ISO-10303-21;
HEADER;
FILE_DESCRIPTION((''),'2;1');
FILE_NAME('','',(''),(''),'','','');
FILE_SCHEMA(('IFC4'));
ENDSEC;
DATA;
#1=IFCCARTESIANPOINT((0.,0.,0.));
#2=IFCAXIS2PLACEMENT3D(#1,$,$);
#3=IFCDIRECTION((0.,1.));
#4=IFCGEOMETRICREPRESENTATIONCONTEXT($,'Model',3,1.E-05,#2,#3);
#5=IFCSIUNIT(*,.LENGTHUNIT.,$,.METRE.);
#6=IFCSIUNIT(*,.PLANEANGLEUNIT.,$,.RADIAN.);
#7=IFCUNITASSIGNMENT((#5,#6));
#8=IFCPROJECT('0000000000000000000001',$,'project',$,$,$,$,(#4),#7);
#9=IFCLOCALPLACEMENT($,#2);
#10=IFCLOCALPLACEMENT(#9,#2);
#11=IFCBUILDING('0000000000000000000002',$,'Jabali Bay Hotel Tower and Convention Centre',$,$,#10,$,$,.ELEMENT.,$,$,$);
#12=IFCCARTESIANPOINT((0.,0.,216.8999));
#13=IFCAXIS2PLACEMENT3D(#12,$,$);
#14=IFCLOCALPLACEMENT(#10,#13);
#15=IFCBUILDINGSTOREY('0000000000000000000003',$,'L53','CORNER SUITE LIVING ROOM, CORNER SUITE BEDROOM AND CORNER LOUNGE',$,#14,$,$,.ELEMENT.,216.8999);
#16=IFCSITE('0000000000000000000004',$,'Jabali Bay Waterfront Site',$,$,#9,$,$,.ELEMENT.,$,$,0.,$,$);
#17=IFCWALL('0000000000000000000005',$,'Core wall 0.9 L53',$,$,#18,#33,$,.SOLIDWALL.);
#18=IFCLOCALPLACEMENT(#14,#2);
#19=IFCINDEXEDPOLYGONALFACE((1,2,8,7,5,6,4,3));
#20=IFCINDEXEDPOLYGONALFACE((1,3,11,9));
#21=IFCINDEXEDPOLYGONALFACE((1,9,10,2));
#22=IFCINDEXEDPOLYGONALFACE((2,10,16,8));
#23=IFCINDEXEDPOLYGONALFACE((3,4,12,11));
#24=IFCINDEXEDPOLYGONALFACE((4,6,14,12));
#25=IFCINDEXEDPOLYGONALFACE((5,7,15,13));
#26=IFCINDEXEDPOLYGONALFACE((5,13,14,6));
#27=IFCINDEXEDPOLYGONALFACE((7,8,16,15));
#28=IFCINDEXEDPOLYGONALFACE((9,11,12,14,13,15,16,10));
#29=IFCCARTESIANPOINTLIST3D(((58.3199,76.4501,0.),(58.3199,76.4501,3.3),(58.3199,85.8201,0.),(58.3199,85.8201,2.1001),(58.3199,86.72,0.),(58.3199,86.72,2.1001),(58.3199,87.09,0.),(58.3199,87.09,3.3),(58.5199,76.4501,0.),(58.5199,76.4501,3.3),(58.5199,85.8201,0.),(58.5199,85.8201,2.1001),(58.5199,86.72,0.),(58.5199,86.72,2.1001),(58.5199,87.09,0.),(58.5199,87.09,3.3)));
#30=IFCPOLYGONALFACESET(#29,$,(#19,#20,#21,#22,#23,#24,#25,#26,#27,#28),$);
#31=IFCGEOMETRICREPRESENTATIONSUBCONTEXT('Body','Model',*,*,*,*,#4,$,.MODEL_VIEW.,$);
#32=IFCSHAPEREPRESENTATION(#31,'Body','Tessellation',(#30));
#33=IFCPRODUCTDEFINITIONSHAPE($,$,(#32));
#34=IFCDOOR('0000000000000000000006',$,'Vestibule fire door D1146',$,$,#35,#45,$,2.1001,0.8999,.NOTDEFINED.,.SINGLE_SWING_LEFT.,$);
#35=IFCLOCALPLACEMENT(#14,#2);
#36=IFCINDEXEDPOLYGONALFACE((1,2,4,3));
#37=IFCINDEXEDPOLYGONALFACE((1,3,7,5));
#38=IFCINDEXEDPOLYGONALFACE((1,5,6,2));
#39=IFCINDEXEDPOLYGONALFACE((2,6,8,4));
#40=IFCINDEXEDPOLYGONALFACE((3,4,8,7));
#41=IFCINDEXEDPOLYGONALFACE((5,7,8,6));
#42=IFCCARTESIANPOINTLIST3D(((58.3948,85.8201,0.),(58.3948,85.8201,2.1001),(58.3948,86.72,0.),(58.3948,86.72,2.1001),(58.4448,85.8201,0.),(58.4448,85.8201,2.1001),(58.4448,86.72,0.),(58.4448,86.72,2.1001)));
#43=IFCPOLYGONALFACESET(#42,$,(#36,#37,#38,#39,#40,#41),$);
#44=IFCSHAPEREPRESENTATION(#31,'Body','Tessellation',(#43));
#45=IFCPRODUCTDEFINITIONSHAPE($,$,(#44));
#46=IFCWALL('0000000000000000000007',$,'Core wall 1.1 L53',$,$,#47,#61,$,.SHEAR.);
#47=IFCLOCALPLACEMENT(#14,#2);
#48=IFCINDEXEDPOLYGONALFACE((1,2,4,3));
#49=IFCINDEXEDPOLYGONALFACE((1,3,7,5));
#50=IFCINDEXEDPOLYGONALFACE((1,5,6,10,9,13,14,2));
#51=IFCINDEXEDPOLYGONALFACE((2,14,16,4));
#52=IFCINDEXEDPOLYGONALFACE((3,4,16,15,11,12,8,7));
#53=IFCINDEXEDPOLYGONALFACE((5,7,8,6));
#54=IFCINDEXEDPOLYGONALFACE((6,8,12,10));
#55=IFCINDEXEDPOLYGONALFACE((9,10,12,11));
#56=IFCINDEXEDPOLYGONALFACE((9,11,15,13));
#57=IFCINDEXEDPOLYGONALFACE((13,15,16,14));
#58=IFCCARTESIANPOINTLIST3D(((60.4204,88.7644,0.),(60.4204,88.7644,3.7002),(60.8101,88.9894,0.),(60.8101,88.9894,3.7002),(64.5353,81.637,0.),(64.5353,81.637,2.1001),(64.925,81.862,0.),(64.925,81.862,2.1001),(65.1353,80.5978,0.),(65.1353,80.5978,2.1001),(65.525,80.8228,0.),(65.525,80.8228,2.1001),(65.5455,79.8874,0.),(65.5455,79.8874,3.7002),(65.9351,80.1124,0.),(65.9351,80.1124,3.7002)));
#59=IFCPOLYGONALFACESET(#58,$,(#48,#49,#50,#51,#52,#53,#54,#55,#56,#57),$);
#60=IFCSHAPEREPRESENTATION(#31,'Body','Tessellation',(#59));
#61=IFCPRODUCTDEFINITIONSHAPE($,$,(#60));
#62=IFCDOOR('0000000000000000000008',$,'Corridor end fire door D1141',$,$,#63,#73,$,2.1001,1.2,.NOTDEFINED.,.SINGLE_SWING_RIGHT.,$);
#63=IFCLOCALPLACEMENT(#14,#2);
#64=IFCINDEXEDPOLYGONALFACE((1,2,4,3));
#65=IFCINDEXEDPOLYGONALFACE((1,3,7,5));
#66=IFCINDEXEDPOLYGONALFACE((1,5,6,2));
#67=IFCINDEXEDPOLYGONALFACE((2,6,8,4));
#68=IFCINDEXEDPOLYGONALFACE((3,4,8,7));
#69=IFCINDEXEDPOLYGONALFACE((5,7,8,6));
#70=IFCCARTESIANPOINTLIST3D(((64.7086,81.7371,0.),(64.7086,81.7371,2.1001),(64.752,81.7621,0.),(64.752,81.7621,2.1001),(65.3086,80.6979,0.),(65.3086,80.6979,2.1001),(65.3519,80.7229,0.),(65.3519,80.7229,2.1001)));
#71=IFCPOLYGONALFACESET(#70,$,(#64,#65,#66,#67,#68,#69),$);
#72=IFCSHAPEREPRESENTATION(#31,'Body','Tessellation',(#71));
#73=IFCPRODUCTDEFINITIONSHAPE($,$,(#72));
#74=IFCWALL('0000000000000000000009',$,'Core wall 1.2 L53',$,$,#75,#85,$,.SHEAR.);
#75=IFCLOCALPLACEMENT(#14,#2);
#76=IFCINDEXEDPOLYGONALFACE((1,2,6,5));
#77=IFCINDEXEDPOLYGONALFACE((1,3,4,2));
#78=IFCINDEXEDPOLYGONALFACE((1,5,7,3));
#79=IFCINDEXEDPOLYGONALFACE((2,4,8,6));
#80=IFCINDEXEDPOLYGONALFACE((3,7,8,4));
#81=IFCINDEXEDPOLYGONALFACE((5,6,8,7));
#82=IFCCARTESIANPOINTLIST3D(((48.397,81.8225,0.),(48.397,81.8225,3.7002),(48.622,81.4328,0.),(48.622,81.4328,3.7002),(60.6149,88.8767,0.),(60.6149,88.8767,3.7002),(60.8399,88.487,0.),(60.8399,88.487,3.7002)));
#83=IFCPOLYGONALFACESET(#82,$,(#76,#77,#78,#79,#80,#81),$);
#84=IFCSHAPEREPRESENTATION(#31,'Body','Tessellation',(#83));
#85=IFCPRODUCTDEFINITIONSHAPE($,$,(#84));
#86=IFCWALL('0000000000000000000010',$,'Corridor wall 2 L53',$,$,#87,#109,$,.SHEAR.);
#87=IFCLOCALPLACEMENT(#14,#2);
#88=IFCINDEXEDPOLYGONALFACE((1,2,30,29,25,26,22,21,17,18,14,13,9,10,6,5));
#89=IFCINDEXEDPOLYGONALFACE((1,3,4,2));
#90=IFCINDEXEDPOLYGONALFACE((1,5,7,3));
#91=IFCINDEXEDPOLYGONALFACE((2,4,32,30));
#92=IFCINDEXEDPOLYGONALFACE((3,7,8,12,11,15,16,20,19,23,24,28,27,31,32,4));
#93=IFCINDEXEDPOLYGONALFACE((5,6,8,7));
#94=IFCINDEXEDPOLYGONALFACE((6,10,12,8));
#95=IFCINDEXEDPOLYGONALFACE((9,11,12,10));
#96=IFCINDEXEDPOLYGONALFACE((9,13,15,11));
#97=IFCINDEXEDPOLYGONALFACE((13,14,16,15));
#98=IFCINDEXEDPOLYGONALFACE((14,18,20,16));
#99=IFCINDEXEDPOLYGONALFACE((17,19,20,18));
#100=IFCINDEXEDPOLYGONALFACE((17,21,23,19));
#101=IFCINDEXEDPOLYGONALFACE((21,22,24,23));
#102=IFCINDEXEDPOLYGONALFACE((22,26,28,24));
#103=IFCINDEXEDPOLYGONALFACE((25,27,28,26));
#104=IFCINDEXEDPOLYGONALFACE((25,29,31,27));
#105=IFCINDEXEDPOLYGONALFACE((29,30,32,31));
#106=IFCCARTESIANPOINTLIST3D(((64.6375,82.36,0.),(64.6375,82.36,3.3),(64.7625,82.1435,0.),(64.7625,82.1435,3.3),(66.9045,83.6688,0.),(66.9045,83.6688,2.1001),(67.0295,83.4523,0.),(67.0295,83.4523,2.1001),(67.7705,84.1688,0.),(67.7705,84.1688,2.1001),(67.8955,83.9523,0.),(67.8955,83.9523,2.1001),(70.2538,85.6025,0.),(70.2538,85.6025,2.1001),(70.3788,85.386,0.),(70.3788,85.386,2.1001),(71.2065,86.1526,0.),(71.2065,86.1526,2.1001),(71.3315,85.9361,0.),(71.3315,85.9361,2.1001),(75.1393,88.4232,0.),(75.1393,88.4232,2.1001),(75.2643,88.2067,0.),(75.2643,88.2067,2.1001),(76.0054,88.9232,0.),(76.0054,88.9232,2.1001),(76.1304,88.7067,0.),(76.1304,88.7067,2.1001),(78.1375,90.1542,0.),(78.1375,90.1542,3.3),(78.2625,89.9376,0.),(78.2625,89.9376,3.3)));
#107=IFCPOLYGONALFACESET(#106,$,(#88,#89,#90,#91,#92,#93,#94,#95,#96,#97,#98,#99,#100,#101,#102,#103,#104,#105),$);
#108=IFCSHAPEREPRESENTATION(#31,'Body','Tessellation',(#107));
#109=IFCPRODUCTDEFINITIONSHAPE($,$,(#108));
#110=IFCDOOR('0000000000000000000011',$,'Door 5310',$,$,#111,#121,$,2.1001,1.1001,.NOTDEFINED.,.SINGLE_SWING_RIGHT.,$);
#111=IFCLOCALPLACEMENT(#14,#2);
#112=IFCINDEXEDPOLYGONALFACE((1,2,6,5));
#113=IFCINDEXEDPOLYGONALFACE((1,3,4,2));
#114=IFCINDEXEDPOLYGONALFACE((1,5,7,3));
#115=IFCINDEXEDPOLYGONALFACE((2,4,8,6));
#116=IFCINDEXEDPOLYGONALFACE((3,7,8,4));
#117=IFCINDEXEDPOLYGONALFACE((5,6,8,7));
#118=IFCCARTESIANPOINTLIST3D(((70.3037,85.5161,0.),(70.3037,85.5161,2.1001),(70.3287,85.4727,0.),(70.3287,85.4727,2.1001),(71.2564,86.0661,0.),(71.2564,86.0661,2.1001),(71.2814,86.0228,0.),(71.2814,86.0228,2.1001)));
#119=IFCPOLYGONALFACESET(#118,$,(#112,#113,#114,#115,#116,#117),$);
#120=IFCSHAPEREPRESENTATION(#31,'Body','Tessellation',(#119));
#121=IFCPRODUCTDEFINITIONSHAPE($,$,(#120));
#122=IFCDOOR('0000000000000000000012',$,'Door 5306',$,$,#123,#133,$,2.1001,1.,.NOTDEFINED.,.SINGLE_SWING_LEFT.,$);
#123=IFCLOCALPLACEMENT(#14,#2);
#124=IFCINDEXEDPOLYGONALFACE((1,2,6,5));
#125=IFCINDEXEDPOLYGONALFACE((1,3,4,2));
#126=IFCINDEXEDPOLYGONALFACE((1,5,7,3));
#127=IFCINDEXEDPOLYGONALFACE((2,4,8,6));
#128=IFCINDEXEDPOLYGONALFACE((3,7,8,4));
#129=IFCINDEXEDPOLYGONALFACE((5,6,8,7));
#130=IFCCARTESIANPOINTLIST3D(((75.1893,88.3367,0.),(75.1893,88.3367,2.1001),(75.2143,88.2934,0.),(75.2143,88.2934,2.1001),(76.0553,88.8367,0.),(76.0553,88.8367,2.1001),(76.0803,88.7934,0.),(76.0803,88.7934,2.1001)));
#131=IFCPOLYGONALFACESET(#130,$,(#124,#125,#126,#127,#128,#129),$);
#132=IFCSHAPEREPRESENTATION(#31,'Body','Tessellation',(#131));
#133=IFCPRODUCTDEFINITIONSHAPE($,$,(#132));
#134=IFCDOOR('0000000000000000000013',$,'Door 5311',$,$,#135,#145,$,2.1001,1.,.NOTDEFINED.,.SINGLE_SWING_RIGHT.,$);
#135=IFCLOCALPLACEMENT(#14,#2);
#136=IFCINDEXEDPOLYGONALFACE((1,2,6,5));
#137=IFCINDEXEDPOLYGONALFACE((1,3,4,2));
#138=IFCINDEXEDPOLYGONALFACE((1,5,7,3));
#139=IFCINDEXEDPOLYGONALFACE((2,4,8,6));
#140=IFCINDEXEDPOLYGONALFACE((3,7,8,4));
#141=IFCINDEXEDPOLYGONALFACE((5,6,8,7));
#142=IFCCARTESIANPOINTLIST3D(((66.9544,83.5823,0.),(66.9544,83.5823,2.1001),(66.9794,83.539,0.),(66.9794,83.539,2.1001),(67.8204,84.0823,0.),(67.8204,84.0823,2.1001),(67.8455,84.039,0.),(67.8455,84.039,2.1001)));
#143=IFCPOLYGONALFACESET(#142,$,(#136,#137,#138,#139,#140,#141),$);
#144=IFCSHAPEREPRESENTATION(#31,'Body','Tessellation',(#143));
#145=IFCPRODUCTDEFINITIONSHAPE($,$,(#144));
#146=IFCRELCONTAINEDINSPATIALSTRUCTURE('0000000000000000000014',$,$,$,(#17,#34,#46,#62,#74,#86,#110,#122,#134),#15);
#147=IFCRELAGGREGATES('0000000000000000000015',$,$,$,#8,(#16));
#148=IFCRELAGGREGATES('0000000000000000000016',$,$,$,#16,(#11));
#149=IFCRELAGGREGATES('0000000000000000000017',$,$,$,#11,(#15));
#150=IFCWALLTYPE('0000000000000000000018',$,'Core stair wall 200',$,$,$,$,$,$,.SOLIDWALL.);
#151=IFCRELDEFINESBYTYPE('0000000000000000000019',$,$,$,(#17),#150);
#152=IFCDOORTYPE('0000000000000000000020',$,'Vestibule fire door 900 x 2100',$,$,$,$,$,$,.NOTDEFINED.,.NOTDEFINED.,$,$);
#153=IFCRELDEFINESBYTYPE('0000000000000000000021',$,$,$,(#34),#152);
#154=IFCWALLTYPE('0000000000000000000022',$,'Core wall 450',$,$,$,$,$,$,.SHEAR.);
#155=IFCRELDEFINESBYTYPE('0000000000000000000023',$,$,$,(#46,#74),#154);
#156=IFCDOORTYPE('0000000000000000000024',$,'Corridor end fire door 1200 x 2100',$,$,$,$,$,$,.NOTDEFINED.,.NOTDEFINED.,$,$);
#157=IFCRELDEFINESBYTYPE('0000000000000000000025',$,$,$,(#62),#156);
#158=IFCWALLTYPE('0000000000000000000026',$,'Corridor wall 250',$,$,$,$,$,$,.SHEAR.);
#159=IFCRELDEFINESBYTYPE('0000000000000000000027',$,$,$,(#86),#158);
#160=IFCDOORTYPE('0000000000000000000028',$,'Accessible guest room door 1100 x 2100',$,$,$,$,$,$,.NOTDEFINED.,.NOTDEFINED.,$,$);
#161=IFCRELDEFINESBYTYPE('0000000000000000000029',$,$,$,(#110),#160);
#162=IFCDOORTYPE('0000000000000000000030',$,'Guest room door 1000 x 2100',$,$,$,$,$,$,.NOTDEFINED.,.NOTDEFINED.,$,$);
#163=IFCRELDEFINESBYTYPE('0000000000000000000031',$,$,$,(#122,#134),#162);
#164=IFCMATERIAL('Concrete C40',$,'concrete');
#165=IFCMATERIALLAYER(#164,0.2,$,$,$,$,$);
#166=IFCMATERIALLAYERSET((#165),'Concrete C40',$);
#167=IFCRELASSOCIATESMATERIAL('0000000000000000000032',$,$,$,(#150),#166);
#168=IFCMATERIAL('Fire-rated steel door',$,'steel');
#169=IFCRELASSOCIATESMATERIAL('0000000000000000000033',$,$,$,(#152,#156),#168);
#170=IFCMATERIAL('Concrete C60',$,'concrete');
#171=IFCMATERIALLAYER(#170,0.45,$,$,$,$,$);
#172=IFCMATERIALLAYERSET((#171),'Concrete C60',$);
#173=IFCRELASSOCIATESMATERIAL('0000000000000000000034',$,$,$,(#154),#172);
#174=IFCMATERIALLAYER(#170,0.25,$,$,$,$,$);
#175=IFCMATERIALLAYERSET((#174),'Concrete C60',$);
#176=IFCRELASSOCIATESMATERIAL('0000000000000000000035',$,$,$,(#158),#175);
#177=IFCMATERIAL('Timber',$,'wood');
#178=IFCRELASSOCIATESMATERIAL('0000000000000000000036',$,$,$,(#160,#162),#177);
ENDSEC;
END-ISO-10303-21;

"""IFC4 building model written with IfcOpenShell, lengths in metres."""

from ifc_helpers import new_model, si_unit, direction, frame, frame_2d, origin, place, context, subcontext, project, spatial, rectangle, extrude, material, layer, layer_set, type_object, element, fill, save


model = new_model("IFC4")

# Units and contexts
model_context = context("Model", 3, precision=1e-05, world=origin(), true_north=direction((0.0, 1.0)))
body_context = subcontext(model_context, "Body", "Model", "MODEL_VIEW")
ifc_project = project(units=[si_unit("LENGTHUNIT", "METRE"), si_unit("PLANEANGLEUNIT", "RADIAN")], contexts=[model_context])

# Site, building, storey
site_placement = place(None, origin())
site = spatial("IfcSite", under=ifc_project, at=site_placement, Name="Jabali Bay Waterfront Site", CompositionType="ELEMENT", RefElevation=0.0)
building_placement = place(site_placement, origin())
building = spatial("IfcBuilding", under=site, at=building_placement, Name="Jabali Bay Hotel Tower and Convention Centre", CompositionType="ELEMENT")
storey_placement = place(building_placement, frame((0.0, 0.0, 216.8999)))
storey = spatial("IfcBuildingStorey", under=building, at=storey_placement, Name="L53", Description="CORNER SUITE LIVING ROOM, CORNER SUITE BEDROOM AND CORNER LOUNGE", CompositionType="ELEMENT", Elevation=216.8999)

# Shared definitions
ifc_material_1 = material(Name="Fire-rated steel door", Category="steel")

# Shared definitions
ifc_material_2 = material(Name="Concrete C40", Category="concrete")
ifc_layer_1 = layer(ifc_material_2, 0.2)
ifc_layer_set_1 = layer_set([ifc_layer_1], Name="Concrete C40")
wall_type_1 = type_object("IfcWallType", Name="Core stair wall 200", PredefinedType="SOLIDWALL", material=ifc_layer_set_1)

# Walls, openings, doors
wall_1_placement = place(storey_placement, frame((58.4199, 87.0898, 0.0), z_axis=(0.0, 0.0, 1.0), x_axis=(0.0, -1.0, 0.0)))
wall_1 = element("IfcWall", 1, at=wall_1_placement, inside=storey, type_object=wall_type_1, Name="Core wall 0.9 L53", PredefinedType="SOLIDWALL", context=body_context, shape_type="SweptSolid", body=[
    extrude(rectangle(XDim=10.6399, YDim=0.2, at=frame_2d((5.3198, 0.0))), origin(), (0.0, 0.0, 1.0), 3.3),
])
opening_1_placement = place(wall_1_placement, frame((0.3699, 0.0, 0.0)))
opening_1 = element("IfcOpeningElement", 2, at=opening_1_placement, cuts=wall_1, PredefinedType="OPENING", context=body_context, shape_type="SweptSolid", body=[
    extrude(rectangle(XDim=0.8999, YDim=2.1001, at=frame_2d((0.45, 1.05))), frame((0.0, 0.1104, 0.0), z_axis=(0.0, -1.0, 0.0), x_axis=(1.0, 0.0, 0.0)), (0.0, 0.0, 1.0), 0.2209),
])
door_type_1 = type_object("IfcDoorType", Name="Vestibule fire door 900 x 2100", OperationType="NOTDEFINED", PredefinedType="NOTDEFINED", material=ifc_material_1)
door_1_placement = place(opening_1_placement, origin())
door_1 = element("IfcDoor", 3, at=door_1_placement, inside=storey, type_object=door_type_1, Name="Vestibule fire door D1146", OperationType="SINGLE_SWING_LEFT", OverallHeight=2.1001, OverallWidth=0.8999, PredefinedType="NOTDEFINED", context=body_context, shape_type="SweptSolid", body=[
    extrude(rectangle(XDim=0.8999, YDim=2.1001, at=frame_2d((0.45, 1.05))), frame((0.0, 0.0249, 0.0), z_axis=(0.0, -1.0, 0.0), x_axis=(1.0, 0.0, 0.0)), (0.0, 0.0, 1.0), 0.05),
])
fill(opening_1, door_1)
ifc_material_3 = material(Name="Concrete C60", Category="concrete")
ifc_layer_2 = layer(ifc_material_3, 0.45)
ifc_layer_set_2 = layer_set([ifc_layer_2], Name="Concrete C60")
wall_type_2 = type_object("IfcWallType", Name="Core wall 450", PredefinedType="SHEAR", material=ifc_layer_set_2)
wall_2_placement = place(storey_placement, frame((65.7402, 80.0, 0.0), z_axis=(0.0, 0.0, 1.0), x_axis=(-0.499992, 0.86603, 0.0)))
wall_2 = element("IfcWall", 4, at=wall_2_placement, inside=storey, type_object=wall_type_2, Name="Core wall 1.1 L53", PredefinedType="SHEAR", context=body_context, shape_type="SweptSolid", body=[
    extrude(rectangle(XDim=10.2502, YDim=0.45, at=frame_2d((5.125, 0.0))), origin(), (0.0, 0.0, 1.0), 3.7002),
])
opening_2_placement = place(wall_2_placement, frame((0.8201, 0.0, 0.0)))
opening_2 = element("IfcOpeningElement", 5, at=opening_2_placement, cuts=wall_2, PredefinedType="OPENING", context=body_context, shape_type="SweptSolid", body=[
    extrude(rectangle(XDim=1.2, YDim=2.1001, at=frame_2d((0.6001, 1.05))), frame((0.0, 0.2354, 0.0), z_axis=(0.0, -1.0, 0.0), x_axis=(1.0, 0.0, 0.0)), (0.0, 0.0, 1.0), 0.4709),
])
door_type_2 = type_object("IfcDoorType", Name="Corridor end fire door 1200 x 2100", OperationType="NOTDEFINED", PredefinedType="NOTDEFINED", material=ifc_material_1)
door_2_placement = place(opening_2_placement, origin())
door_2 = element("IfcDoor", 6, at=door_2_placement, inside=storey, type_object=door_type_2, Name="Corridor end fire door D1141", OperationType="SINGLE_SWING_RIGHT", OverallHeight=2.1001, OverallWidth=1.2, PredefinedType="NOTDEFINED", context=body_context, shape_type="SweptSolid", body=[
    extrude(rectangle(XDim=1.2, YDim=2.1001, at=frame_2d((0.6001, 1.05))), frame((0.0, 0.0249, 0.0), z_axis=(0.0, -1.0, 0.0), x_axis=(1.0, 0.0, 0.0)), (0.0, 0.0, 1.0), 0.05),
])
fill(opening_2, door_2)

# Wall
wall_3_placement = place(storey_placement, frame((60.7275, 88.6819, 0.0), z_axis=(0.0, 0.0, 1.0), x_axis=(-0.866022, -0.500007, 0.0)))
element("IfcWall", 7, at=wall_3_placement, inside=storey, type_object=wall_type_2, Name="Core wall 1.2 L53", PredefinedType="SHEAR", context=body_context, shape_type="SweptSolid", body=[
    extrude(rectangle(XDim=14.1082, YDim=0.45, at=frame_2d((7.0542, 0.0))), origin(), (0.0, 0.0, 1.0), 3.7002),
])

# Wall, openings, doors
ifc_layer_3 = layer(ifc_material_3, 0.25)
ifc_layer_set_3 = layer_set([ifc_layer_3], Name="Concrete C60")
wall_type_3 = type_object("IfcWallType", Name="Corridor wall 250", PredefinedType="SHEAR", material=ifc_layer_set_3)
wall_4_placement = place(storey_placement, frame((78.2, 90.0459, 0.0), z_axis=(0.0, 0.0, 1.0), x_axis=(-0.866026, -0.499998, 0.0)))
wall_4 = element("IfcWall", 8, at=wall_4_placement, inside=storey, type_object=wall_type_3, Name="Corridor wall 2 L53", PredefinedType="SHEAR", context=body_context, shape_type="SweptSolid", body=[
    extrude(rectangle(XDim=15.5884, YDim=0.25, at=frame_2d((7.7942, 0.0))), origin(), (0.0, 0.0, 1.0), 3.3),
])
opening_3_placement = place(wall_4_placement, frame((2.4619, 0.0, 0.0)))
opening_3 = element("IfcOpeningElement", 9, at=opening_3_placement, cuts=wall_4, PredefinedType="OPENING", context=body_context, shape_type="SweptSolid", body=[
    extrude(rectangle(XDim=1.0, YDim=2.1001, at=frame_2d((0.5, 1.05))), frame((0.0, 0.1355, 0.0), z_axis=(0.0, -1.0, 0.0), x_axis=(1.0, 0.0, 0.0)), (0.0, 0.0, 1.0), 0.271),
])
opening_4_placement = place(wall_4_placement, frame((8.0032, 0.0, 0.0)))
opening_4 = element("IfcOpeningElement", 10, at=opening_4_placement, cuts=wall_4, PredefinedType="OPENING", context=body_context, shape_type="SweptSolid", body=[
    extrude(rectangle(XDim=1.1001, YDim=2.1001, at=frame_2d((0.55, 1.05))), frame((0.0, 0.1355, 0.0), z_axis=(0.0, -1.0, 0.0), x_axis=(1.0, 0.0, 0.0)), (0.0, 0.0, 1.0), 0.271),
])
opening_5_placement = place(wall_4_placement, frame((11.9707, 0.0, 0.0)))
opening_5 = element("IfcOpeningElement", 11, at=opening_5_placement, cuts=wall_4, PredefinedType="OPENING", context=body_context, shape_type="SweptSolid", body=[
    extrude(rectangle(XDim=1.0, YDim=2.1001, at=frame_2d((0.5, 1.05))), frame((0.0, 0.1355, 0.0), z_axis=(0.0, -1.0, 0.0), x_axis=(1.0, 0.0, 0.0)), (0.0, 0.0, 1.0), 0.271),
])
ifc_material_4 = material(Name="Timber", Category="wood")
door_type_3 = type_object("IfcDoorType", Name="Accessible guest room door 1100 x 2100", OperationType="NOTDEFINED", PredefinedType="NOTDEFINED", material=ifc_material_4)
door_3_placement = place(opening_4_placement, origin())
door_3 = element("IfcDoor", 12, at=door_3_placement, inside=storey, type_object=door_type_3, Name="Door 5310", OperationType="SINGLE_SWING_RIGHT", OverallHeight=2.1001, OverallWidth=1.1001, PredefinedType="NOTDEFINED", context=body_context, shape_type="SweptSolid", body=[
    extrude(rectangle(XDim=1.1001, YDim=2.1001, at=frame_2d((0.55, 1.05))), frame((0.0, 0.0249, 0.0), z_axis=(0.0, -1.0, 0.0), x_axis=(1.0, 0.0, 0.0)), (0.0, 0.0, 1.0), 0.05),
])
fill(opening_4, door_3)
door_type_4 = type_object("IfcDoorType", Name="Guest room door 1000 x 2100", OperationType="NOTDEFINED", PredefinedType="NOTDEFINED", material=ifc_material_4)
door_4_placement = place(opening_3_placement, origin())
door_4 = element("IfcDoor", 13, at=door_4_placement, inside=storey, type_object=door_type_4, Name="Door 5306", OperationType="SINGLE_SWING_LEFT", OverallHeight=2.1001, OverallWidth=1.0, PredefinedType="NOTDEFINED", context=body_context, shape_type="SweptSolid", body=[
    extrude(rectangle(XDim=1.0, YDim=2.1001, at=frame_2d((0.5, 1.05))), frame((0.0, 0.0249, 0.0), z_axis=(0.0, -1.0, 0.0), x_axis=(1.0, 0.0, 0.0)), (0.0, 0.0, 1.0), 0.05),
])
fill(opening_3, door_4)
door_5_placement = place(opening_5_placement, origin())
door_5 = element("IfcDoor", 14, at=door_5_placement, inside=storey, type_object=door_type_4, Name="Door 5311", OperationType="SINGLE_SWING_RIGHT", OverallHeight=2.1001, OverallWidth=1.0, PredefinedType="NOTDEFINED", context=body_context, shape_type="SweptSolid", body=[
    extrude(rectangle(XDim=1.0, YDim=2.1001, at=frame_2d((0.5, 1.05))), frame((0.0, 0.0249, 0.0), z_axis=(0.0, -1.0, 0.0), x_axis=(1.0, 0.0, 0.0)), (0.0, 0.0, 1.0), 0.05),
])
fill(opening_5, door_5)

save(model, "model.ifc")
